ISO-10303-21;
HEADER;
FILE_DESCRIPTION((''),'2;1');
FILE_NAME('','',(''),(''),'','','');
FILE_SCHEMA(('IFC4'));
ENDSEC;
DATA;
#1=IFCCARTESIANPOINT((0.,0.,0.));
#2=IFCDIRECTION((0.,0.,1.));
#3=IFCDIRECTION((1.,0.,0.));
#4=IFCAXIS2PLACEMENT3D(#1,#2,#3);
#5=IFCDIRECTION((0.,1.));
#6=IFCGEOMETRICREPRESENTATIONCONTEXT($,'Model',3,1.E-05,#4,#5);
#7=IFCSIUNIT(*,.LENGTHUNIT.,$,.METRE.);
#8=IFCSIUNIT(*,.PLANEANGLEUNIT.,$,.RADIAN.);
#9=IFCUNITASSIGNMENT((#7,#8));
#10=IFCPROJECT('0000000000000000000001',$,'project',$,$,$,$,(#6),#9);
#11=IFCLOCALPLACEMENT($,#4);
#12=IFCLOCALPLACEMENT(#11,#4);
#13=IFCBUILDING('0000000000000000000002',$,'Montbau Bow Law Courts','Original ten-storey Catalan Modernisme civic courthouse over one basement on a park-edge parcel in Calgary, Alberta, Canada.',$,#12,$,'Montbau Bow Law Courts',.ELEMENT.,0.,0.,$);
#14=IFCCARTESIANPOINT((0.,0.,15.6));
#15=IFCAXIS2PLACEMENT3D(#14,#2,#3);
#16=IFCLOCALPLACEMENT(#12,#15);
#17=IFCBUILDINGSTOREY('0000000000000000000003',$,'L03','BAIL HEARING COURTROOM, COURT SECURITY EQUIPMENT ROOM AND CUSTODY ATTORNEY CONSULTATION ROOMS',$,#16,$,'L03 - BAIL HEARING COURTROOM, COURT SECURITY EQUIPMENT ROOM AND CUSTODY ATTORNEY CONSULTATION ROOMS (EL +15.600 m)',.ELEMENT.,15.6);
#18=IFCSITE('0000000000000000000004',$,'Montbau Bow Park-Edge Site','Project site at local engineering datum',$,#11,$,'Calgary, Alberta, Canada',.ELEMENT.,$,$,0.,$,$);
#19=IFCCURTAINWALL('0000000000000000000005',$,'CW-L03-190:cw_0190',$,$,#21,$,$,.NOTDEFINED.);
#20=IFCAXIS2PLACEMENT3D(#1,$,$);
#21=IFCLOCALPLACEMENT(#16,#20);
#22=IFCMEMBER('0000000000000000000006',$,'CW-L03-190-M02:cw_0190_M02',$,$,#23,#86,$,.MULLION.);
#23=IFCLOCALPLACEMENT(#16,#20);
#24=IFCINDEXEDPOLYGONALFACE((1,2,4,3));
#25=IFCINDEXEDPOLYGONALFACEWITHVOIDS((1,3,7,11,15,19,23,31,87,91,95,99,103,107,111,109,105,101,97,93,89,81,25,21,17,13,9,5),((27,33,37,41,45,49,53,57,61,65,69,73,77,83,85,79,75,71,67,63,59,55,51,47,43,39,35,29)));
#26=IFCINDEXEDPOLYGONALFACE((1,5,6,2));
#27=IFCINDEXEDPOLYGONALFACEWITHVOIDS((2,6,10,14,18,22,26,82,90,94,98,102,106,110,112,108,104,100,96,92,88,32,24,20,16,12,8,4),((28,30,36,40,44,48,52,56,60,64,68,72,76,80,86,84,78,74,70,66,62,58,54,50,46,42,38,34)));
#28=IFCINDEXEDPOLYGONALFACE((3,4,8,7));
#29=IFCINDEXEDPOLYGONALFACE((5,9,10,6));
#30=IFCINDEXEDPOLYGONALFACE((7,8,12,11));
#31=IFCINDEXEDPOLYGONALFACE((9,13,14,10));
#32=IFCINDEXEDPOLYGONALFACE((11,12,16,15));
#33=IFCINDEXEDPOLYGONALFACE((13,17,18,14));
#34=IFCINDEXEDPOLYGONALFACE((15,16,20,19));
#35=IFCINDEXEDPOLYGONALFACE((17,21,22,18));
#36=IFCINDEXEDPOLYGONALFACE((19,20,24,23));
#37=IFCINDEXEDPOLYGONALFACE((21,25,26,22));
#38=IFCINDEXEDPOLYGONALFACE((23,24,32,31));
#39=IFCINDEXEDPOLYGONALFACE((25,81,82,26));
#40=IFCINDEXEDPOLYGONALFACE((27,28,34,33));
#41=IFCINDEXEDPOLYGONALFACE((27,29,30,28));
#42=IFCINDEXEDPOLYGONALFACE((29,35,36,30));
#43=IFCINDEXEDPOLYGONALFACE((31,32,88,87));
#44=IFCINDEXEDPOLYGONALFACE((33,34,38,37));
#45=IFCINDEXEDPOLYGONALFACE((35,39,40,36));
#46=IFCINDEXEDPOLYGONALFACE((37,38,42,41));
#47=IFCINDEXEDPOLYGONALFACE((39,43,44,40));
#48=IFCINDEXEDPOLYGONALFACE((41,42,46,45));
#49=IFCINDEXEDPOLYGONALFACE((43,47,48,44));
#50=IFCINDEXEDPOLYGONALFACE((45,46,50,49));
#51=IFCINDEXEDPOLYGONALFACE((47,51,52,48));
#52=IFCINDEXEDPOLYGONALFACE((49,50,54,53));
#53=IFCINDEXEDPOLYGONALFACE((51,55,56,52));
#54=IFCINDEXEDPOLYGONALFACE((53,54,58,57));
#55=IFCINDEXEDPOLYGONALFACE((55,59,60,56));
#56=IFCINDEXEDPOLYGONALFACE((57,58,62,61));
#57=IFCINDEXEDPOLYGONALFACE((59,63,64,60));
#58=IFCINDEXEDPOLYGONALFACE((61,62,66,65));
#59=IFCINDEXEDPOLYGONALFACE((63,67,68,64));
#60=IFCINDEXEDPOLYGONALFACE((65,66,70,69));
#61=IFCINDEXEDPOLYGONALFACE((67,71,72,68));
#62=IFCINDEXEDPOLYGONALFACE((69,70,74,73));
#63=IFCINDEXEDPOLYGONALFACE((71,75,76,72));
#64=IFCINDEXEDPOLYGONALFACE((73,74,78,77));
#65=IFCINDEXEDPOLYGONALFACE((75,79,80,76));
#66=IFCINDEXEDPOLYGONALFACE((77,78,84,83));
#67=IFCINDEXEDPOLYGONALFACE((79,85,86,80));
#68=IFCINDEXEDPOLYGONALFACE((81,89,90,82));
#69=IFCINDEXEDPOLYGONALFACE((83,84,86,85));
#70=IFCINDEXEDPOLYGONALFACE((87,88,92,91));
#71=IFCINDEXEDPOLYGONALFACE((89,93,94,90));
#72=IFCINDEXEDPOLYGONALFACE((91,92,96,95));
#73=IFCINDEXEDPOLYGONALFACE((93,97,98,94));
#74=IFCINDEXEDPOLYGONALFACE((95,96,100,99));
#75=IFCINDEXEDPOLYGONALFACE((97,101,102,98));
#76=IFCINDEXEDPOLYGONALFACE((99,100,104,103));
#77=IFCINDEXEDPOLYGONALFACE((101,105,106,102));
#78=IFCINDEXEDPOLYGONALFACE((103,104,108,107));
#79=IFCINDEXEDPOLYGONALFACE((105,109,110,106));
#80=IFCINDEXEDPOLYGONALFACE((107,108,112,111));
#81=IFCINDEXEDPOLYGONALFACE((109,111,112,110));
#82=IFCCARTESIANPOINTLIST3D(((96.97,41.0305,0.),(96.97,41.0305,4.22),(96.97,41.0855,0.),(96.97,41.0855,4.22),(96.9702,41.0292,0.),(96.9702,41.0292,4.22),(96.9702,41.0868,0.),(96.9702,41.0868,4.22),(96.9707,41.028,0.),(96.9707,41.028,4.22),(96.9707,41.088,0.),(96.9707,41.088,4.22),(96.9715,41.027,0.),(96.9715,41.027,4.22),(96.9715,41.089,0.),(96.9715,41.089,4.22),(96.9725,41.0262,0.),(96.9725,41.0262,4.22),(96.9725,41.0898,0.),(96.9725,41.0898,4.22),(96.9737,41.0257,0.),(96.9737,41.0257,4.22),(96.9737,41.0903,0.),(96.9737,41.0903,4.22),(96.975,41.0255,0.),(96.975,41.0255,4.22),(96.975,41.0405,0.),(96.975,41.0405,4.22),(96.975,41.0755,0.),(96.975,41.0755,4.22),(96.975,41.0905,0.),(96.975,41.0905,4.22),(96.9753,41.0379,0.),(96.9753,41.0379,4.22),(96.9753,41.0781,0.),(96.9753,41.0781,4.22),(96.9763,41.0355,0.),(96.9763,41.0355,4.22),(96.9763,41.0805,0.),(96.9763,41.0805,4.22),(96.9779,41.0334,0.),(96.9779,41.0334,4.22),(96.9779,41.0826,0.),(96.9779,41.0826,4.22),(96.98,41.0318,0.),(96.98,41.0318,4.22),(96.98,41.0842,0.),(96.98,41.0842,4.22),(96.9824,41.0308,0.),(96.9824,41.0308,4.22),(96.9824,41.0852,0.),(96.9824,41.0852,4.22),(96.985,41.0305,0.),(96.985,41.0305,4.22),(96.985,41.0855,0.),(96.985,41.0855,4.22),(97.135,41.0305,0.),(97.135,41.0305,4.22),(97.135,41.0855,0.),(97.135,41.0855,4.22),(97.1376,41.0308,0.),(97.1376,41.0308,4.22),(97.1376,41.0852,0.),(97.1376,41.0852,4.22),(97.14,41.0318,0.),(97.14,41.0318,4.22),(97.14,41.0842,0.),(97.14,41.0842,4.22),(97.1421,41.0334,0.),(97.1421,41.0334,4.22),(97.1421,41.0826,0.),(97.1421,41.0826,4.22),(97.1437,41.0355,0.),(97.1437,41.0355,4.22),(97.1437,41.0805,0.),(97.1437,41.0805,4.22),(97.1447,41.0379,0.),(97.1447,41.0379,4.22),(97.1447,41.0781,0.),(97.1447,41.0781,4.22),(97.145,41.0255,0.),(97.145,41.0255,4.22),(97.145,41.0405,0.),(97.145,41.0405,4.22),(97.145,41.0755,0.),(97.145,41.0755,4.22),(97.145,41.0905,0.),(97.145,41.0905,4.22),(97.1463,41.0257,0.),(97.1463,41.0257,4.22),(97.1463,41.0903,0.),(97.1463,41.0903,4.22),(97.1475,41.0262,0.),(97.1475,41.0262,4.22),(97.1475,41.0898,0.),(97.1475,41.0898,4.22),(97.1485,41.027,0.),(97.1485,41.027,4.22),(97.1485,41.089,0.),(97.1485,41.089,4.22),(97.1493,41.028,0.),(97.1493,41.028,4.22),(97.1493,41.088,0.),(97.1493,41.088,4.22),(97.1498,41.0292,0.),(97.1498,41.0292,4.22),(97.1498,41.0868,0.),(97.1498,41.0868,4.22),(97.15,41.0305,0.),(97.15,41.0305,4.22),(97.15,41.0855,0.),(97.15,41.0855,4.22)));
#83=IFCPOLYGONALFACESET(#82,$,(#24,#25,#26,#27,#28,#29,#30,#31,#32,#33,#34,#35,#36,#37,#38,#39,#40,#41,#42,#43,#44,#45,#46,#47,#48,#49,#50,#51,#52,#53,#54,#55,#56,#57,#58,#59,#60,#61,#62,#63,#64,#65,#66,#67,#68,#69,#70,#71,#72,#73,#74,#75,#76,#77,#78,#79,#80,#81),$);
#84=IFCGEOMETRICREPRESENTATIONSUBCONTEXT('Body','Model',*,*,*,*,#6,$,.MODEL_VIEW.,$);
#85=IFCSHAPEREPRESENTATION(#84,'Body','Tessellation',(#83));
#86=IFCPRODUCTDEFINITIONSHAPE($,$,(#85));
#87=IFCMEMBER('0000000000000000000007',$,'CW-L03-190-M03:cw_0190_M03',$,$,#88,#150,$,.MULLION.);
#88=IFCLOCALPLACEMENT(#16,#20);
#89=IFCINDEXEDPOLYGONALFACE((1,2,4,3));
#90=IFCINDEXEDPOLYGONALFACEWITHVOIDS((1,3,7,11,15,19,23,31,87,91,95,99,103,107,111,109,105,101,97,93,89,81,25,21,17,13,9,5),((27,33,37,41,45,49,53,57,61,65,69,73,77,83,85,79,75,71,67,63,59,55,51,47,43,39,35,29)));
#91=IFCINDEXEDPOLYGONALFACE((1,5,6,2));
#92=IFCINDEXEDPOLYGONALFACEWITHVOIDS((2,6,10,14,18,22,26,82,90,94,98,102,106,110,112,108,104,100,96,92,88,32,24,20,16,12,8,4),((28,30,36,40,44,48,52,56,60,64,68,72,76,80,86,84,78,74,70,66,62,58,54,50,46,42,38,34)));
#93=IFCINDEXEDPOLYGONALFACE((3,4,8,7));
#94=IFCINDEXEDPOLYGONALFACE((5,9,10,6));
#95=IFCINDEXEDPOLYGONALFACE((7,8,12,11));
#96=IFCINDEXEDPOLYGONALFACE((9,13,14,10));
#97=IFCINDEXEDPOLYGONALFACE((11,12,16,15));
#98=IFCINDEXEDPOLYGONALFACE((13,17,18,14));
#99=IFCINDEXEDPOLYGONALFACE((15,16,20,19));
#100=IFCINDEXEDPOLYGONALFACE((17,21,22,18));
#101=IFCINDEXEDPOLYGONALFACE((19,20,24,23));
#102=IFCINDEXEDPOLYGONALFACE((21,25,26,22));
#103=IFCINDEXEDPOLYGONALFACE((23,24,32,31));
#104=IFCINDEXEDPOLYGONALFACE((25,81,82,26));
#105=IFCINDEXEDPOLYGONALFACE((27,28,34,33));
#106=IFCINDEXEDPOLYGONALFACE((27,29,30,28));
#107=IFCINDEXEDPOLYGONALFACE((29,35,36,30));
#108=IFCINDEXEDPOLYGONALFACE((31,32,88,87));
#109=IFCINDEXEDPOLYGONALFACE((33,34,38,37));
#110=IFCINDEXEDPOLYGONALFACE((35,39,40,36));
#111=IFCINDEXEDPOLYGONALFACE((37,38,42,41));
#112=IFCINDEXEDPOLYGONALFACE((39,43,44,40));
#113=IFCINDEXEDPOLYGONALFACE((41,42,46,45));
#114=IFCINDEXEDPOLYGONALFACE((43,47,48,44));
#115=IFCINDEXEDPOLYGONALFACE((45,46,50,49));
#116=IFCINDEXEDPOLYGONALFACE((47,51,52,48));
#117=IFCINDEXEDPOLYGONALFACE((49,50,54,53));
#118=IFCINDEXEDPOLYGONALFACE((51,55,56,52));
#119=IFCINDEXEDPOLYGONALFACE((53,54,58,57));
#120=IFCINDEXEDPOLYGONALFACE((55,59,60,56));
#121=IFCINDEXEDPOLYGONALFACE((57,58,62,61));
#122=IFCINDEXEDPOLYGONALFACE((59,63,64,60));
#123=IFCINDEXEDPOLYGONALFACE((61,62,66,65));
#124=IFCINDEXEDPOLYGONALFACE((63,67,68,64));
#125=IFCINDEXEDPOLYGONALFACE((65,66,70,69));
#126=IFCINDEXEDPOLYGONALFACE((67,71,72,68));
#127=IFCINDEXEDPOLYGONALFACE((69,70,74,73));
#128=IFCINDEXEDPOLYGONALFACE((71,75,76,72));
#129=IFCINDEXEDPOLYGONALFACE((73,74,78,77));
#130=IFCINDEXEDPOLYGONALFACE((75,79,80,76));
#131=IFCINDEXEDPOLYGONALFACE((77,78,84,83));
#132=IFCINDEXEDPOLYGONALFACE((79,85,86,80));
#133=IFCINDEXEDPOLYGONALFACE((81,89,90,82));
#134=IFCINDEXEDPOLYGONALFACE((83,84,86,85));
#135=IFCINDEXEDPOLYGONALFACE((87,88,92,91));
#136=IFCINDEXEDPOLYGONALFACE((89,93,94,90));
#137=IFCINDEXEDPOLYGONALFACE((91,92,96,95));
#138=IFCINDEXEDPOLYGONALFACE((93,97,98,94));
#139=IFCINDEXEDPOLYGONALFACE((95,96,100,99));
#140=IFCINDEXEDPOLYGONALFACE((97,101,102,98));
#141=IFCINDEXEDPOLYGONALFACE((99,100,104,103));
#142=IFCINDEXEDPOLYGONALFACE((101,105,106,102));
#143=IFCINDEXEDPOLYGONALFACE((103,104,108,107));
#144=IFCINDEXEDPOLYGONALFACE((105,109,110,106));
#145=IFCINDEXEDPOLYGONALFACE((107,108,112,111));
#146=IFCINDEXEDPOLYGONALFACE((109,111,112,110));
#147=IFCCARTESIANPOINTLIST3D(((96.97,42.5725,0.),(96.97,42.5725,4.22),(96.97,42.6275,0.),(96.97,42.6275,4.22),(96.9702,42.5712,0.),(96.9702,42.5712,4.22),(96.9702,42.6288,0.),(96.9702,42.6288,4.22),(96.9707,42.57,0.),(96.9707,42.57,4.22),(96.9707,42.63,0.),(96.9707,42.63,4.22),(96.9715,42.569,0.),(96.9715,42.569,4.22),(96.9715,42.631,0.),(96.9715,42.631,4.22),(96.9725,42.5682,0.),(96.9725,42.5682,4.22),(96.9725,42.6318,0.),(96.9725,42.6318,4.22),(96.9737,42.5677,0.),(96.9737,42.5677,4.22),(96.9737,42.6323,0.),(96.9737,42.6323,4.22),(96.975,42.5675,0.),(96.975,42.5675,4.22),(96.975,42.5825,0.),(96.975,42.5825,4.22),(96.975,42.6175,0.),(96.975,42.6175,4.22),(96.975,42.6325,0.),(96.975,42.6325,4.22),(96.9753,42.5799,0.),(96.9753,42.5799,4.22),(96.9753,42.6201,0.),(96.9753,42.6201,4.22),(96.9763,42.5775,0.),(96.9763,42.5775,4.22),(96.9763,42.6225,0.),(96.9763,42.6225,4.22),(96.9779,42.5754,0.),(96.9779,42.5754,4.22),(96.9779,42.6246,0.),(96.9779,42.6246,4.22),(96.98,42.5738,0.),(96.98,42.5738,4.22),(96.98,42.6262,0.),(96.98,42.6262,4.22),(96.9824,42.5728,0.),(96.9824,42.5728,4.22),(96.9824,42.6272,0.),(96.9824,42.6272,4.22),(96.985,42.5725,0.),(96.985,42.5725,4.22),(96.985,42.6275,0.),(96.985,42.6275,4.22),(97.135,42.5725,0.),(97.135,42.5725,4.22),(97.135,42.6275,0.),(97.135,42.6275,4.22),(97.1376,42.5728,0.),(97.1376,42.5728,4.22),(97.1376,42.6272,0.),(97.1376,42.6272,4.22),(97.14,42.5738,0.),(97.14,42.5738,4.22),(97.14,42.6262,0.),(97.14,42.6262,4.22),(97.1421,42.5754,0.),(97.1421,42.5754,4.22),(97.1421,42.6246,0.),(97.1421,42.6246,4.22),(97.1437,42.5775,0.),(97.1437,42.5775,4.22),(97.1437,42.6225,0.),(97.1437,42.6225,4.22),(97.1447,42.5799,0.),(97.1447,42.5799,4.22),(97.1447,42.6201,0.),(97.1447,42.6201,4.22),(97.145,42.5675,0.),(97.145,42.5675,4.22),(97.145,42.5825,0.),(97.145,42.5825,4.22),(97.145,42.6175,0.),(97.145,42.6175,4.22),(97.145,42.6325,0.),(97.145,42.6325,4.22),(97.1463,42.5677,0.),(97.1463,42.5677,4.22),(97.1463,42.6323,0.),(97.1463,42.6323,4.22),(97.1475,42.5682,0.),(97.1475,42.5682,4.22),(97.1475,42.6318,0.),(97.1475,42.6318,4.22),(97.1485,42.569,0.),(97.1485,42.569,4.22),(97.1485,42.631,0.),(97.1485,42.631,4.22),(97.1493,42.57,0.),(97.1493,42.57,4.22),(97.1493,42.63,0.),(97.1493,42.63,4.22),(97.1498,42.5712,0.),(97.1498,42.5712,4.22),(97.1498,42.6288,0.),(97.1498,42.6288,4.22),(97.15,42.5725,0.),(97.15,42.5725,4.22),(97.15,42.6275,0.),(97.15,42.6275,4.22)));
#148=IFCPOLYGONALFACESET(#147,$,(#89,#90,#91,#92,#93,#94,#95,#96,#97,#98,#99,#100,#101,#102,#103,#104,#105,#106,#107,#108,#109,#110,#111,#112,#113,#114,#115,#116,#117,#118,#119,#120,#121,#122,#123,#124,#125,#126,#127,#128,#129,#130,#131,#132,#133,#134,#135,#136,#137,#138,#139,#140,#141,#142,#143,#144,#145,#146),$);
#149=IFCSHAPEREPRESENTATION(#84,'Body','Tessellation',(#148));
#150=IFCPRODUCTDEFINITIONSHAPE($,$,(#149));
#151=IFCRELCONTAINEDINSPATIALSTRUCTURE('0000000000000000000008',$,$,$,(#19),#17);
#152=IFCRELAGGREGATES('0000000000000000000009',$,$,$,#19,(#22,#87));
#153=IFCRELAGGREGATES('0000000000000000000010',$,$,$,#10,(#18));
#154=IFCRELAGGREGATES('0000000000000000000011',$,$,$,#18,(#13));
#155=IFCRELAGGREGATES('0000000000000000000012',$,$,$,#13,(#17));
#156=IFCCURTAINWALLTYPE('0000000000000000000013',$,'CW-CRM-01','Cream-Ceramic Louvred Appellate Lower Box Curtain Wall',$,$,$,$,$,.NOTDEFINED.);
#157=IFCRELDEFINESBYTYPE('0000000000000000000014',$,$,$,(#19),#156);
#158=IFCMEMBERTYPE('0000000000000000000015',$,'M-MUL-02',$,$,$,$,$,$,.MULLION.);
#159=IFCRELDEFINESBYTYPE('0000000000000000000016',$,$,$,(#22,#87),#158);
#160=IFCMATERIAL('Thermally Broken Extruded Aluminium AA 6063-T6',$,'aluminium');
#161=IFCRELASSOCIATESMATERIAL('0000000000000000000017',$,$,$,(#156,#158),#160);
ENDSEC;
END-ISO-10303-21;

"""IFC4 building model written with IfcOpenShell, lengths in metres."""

from ifc_helpers import new_model, si_unit, direction, frame, origin_with_axes, origin_2d_with_axis, place, context, subcontext, project, spatial, hollow_rectangle, extrude, material, material_profile, profile_set, type_object, element, aggregate, save


model = new_model("IFC4")

# Units and contexts
model_context = context("Model", 3, precision=1e-05, world=origin_with_axes(), true_north=direction((0.0, 1.0)))
body_context = subcontext(model_context, "Body", "Model", "MODEL_VIEW")
ifc_project = project(units=[si_unit("LENGTHUNIT", "METRE"), si_unit("PLANEANGLEUNIT", "RADIAN")], contexts=[model_context])

# Site, building, storey
site_placement = place(None, origin_with_axes())
site = spatial("IfcSite", under=ifc_project, at=site_placement, Name="Montbau Bow Park-Edge Site", Description="Project site at local engineering datum", LongName="Calgary, Alberta, Canada", CompositionType="ELEMENT", RefElevation=0.0)
building_placement = place(site_placement, origin_with_axes())
building = spatial("IfcBuilding", under=site, at=building_placement, Name="Montbau Bow Law Courts", Description="Original ten-storey Catalan Modernisme civic courthouse over one basement on a park-edge parcel in Calgary, Alberta, Canada.", LongName="Montbau Bow Law Courts", CompositionType="ELEMENT", ElevationOfRefHeight=0.0, ElevationOfTerrain=0.0)
storey_placement = place(building_placement, frame((0.0, 0.0, 15.6), z_axis=(0.0, 0.0, 1.0), x_axis=(1.0, 0.0, 0.0)))
storey = spatial("IfcBuildingStorey", under=building, at=storey_placement, Name="L03", Description="BAIL HEARING COURTROOM, COURT SECURITY EQUIPMENT ROOM AND CUSTODY ATTORNEY CONSULTATION ROOMS", LongName="L03 - BAIL HEARING COURTROOM, COURT SECURITY EQUIPMENT ROOM AND CUSTODY ATTORNEY CONSULTATION ROOMS (EL +15.600 m)", CompositionType="ELEMENT", Elevation=15.6)

# Shared definitions
ifc_material_1 = material(Name="Thermally Broken Extruded Aluminium AA 6063-T6", Category="aluminium")
curtain_wall_type = type_object("IfcCurtainWallType", Name="CW-CRM-01", Description="Cream-Ceramic Louvred Appellate Lower Box Curtain Wall", PredefinedType="NOTDEFINED", material=ifc_material_1)

# Curtain wall, members
curtain_wall_1_placement = place(None, frame((97.06, 39.515, 15.6), z_axis=(0.0, 0.0, 1.0), x_axis=(1.0, 0.0, 0.0)))
curtain_wall_1 = element("IfcCurtainWall", 1, at=curtain_wall_1_placement, inside=storey, type_object=curtain_wall_type, Name="CW-L03-190:cw_0190", PredefinedType="NOTDEFINED")
ifc_material_profile_1 = material_profile(ifc_material_1, hollow_rectangle(XDim=0.065, YDim=0.18, WallThickness=0.005, InnerFilletRadius=0.01, OuterFilletRadius=0.005, at=origin_2d_with_axis()), Name="CWM-180X65", Category="Main", Priority=0)
ifc_profile_set_1 = profile_set([ifc_material_profile_1], Name="Thermally Broken Extruded Aluminium AA 6063-T6")
member_type_1 = type_object("IfcMemberType", Name="M-MUL-02", PredefinedType="MULLION", material=ifc_profile_set_1)
member_1_placement = place(None, frame((97.06, 41.058, 15.6), z_axis=(0.0, 0.0, 1.0), x_axis=(0.0, 1.0, 0.0)))
member_1 = element("IfcMember", 2, at=member_1_placement, type_object=member_type_1, Name="CW-L03-190-M02:cw_0190_M02", PredefinedType="MULLION", context=body_context, shape_type="SweptSolid", body=[
    extrude(hollow_rectangle(XDim=0.065, YDim=0.18, WallThickness=0.005, InnerFilletRadius=0.01, OuterFilletRadius=0.005, at=origin_2d_with_axis()), origin_with_axes(), (0.0, 0.0, 1.0), 4.22),
])
member_2_placement = place(None, frame((97.06, 42.6, 15.6), z_axis=(0.0, 0.0, 1.0), x_axis=(0.0, 1.0, 0.0)))
member_2 = element("IfcMember", 3, at=member_2_placement, type_object=member_type_1, Name="CW-L03-190-M03:cw_0190_M03", PredefinedType="MULLION", context=body_context, shape_type="SweptSolid", body=[
    extrude(hollow_rectangle(XDim=0.065, YDim=0.18, WallThickness=0.005, InnerFilletRadius=0.01, OuterFilletRadius=0.005, at=origin_2d_with_axis()), origin_with_axes(), (0.0, 0.0, 1.0), 4.22),
])

aggregate(curtain_wall_1, [member_1, member_2])

save(model, "model.ifc")
